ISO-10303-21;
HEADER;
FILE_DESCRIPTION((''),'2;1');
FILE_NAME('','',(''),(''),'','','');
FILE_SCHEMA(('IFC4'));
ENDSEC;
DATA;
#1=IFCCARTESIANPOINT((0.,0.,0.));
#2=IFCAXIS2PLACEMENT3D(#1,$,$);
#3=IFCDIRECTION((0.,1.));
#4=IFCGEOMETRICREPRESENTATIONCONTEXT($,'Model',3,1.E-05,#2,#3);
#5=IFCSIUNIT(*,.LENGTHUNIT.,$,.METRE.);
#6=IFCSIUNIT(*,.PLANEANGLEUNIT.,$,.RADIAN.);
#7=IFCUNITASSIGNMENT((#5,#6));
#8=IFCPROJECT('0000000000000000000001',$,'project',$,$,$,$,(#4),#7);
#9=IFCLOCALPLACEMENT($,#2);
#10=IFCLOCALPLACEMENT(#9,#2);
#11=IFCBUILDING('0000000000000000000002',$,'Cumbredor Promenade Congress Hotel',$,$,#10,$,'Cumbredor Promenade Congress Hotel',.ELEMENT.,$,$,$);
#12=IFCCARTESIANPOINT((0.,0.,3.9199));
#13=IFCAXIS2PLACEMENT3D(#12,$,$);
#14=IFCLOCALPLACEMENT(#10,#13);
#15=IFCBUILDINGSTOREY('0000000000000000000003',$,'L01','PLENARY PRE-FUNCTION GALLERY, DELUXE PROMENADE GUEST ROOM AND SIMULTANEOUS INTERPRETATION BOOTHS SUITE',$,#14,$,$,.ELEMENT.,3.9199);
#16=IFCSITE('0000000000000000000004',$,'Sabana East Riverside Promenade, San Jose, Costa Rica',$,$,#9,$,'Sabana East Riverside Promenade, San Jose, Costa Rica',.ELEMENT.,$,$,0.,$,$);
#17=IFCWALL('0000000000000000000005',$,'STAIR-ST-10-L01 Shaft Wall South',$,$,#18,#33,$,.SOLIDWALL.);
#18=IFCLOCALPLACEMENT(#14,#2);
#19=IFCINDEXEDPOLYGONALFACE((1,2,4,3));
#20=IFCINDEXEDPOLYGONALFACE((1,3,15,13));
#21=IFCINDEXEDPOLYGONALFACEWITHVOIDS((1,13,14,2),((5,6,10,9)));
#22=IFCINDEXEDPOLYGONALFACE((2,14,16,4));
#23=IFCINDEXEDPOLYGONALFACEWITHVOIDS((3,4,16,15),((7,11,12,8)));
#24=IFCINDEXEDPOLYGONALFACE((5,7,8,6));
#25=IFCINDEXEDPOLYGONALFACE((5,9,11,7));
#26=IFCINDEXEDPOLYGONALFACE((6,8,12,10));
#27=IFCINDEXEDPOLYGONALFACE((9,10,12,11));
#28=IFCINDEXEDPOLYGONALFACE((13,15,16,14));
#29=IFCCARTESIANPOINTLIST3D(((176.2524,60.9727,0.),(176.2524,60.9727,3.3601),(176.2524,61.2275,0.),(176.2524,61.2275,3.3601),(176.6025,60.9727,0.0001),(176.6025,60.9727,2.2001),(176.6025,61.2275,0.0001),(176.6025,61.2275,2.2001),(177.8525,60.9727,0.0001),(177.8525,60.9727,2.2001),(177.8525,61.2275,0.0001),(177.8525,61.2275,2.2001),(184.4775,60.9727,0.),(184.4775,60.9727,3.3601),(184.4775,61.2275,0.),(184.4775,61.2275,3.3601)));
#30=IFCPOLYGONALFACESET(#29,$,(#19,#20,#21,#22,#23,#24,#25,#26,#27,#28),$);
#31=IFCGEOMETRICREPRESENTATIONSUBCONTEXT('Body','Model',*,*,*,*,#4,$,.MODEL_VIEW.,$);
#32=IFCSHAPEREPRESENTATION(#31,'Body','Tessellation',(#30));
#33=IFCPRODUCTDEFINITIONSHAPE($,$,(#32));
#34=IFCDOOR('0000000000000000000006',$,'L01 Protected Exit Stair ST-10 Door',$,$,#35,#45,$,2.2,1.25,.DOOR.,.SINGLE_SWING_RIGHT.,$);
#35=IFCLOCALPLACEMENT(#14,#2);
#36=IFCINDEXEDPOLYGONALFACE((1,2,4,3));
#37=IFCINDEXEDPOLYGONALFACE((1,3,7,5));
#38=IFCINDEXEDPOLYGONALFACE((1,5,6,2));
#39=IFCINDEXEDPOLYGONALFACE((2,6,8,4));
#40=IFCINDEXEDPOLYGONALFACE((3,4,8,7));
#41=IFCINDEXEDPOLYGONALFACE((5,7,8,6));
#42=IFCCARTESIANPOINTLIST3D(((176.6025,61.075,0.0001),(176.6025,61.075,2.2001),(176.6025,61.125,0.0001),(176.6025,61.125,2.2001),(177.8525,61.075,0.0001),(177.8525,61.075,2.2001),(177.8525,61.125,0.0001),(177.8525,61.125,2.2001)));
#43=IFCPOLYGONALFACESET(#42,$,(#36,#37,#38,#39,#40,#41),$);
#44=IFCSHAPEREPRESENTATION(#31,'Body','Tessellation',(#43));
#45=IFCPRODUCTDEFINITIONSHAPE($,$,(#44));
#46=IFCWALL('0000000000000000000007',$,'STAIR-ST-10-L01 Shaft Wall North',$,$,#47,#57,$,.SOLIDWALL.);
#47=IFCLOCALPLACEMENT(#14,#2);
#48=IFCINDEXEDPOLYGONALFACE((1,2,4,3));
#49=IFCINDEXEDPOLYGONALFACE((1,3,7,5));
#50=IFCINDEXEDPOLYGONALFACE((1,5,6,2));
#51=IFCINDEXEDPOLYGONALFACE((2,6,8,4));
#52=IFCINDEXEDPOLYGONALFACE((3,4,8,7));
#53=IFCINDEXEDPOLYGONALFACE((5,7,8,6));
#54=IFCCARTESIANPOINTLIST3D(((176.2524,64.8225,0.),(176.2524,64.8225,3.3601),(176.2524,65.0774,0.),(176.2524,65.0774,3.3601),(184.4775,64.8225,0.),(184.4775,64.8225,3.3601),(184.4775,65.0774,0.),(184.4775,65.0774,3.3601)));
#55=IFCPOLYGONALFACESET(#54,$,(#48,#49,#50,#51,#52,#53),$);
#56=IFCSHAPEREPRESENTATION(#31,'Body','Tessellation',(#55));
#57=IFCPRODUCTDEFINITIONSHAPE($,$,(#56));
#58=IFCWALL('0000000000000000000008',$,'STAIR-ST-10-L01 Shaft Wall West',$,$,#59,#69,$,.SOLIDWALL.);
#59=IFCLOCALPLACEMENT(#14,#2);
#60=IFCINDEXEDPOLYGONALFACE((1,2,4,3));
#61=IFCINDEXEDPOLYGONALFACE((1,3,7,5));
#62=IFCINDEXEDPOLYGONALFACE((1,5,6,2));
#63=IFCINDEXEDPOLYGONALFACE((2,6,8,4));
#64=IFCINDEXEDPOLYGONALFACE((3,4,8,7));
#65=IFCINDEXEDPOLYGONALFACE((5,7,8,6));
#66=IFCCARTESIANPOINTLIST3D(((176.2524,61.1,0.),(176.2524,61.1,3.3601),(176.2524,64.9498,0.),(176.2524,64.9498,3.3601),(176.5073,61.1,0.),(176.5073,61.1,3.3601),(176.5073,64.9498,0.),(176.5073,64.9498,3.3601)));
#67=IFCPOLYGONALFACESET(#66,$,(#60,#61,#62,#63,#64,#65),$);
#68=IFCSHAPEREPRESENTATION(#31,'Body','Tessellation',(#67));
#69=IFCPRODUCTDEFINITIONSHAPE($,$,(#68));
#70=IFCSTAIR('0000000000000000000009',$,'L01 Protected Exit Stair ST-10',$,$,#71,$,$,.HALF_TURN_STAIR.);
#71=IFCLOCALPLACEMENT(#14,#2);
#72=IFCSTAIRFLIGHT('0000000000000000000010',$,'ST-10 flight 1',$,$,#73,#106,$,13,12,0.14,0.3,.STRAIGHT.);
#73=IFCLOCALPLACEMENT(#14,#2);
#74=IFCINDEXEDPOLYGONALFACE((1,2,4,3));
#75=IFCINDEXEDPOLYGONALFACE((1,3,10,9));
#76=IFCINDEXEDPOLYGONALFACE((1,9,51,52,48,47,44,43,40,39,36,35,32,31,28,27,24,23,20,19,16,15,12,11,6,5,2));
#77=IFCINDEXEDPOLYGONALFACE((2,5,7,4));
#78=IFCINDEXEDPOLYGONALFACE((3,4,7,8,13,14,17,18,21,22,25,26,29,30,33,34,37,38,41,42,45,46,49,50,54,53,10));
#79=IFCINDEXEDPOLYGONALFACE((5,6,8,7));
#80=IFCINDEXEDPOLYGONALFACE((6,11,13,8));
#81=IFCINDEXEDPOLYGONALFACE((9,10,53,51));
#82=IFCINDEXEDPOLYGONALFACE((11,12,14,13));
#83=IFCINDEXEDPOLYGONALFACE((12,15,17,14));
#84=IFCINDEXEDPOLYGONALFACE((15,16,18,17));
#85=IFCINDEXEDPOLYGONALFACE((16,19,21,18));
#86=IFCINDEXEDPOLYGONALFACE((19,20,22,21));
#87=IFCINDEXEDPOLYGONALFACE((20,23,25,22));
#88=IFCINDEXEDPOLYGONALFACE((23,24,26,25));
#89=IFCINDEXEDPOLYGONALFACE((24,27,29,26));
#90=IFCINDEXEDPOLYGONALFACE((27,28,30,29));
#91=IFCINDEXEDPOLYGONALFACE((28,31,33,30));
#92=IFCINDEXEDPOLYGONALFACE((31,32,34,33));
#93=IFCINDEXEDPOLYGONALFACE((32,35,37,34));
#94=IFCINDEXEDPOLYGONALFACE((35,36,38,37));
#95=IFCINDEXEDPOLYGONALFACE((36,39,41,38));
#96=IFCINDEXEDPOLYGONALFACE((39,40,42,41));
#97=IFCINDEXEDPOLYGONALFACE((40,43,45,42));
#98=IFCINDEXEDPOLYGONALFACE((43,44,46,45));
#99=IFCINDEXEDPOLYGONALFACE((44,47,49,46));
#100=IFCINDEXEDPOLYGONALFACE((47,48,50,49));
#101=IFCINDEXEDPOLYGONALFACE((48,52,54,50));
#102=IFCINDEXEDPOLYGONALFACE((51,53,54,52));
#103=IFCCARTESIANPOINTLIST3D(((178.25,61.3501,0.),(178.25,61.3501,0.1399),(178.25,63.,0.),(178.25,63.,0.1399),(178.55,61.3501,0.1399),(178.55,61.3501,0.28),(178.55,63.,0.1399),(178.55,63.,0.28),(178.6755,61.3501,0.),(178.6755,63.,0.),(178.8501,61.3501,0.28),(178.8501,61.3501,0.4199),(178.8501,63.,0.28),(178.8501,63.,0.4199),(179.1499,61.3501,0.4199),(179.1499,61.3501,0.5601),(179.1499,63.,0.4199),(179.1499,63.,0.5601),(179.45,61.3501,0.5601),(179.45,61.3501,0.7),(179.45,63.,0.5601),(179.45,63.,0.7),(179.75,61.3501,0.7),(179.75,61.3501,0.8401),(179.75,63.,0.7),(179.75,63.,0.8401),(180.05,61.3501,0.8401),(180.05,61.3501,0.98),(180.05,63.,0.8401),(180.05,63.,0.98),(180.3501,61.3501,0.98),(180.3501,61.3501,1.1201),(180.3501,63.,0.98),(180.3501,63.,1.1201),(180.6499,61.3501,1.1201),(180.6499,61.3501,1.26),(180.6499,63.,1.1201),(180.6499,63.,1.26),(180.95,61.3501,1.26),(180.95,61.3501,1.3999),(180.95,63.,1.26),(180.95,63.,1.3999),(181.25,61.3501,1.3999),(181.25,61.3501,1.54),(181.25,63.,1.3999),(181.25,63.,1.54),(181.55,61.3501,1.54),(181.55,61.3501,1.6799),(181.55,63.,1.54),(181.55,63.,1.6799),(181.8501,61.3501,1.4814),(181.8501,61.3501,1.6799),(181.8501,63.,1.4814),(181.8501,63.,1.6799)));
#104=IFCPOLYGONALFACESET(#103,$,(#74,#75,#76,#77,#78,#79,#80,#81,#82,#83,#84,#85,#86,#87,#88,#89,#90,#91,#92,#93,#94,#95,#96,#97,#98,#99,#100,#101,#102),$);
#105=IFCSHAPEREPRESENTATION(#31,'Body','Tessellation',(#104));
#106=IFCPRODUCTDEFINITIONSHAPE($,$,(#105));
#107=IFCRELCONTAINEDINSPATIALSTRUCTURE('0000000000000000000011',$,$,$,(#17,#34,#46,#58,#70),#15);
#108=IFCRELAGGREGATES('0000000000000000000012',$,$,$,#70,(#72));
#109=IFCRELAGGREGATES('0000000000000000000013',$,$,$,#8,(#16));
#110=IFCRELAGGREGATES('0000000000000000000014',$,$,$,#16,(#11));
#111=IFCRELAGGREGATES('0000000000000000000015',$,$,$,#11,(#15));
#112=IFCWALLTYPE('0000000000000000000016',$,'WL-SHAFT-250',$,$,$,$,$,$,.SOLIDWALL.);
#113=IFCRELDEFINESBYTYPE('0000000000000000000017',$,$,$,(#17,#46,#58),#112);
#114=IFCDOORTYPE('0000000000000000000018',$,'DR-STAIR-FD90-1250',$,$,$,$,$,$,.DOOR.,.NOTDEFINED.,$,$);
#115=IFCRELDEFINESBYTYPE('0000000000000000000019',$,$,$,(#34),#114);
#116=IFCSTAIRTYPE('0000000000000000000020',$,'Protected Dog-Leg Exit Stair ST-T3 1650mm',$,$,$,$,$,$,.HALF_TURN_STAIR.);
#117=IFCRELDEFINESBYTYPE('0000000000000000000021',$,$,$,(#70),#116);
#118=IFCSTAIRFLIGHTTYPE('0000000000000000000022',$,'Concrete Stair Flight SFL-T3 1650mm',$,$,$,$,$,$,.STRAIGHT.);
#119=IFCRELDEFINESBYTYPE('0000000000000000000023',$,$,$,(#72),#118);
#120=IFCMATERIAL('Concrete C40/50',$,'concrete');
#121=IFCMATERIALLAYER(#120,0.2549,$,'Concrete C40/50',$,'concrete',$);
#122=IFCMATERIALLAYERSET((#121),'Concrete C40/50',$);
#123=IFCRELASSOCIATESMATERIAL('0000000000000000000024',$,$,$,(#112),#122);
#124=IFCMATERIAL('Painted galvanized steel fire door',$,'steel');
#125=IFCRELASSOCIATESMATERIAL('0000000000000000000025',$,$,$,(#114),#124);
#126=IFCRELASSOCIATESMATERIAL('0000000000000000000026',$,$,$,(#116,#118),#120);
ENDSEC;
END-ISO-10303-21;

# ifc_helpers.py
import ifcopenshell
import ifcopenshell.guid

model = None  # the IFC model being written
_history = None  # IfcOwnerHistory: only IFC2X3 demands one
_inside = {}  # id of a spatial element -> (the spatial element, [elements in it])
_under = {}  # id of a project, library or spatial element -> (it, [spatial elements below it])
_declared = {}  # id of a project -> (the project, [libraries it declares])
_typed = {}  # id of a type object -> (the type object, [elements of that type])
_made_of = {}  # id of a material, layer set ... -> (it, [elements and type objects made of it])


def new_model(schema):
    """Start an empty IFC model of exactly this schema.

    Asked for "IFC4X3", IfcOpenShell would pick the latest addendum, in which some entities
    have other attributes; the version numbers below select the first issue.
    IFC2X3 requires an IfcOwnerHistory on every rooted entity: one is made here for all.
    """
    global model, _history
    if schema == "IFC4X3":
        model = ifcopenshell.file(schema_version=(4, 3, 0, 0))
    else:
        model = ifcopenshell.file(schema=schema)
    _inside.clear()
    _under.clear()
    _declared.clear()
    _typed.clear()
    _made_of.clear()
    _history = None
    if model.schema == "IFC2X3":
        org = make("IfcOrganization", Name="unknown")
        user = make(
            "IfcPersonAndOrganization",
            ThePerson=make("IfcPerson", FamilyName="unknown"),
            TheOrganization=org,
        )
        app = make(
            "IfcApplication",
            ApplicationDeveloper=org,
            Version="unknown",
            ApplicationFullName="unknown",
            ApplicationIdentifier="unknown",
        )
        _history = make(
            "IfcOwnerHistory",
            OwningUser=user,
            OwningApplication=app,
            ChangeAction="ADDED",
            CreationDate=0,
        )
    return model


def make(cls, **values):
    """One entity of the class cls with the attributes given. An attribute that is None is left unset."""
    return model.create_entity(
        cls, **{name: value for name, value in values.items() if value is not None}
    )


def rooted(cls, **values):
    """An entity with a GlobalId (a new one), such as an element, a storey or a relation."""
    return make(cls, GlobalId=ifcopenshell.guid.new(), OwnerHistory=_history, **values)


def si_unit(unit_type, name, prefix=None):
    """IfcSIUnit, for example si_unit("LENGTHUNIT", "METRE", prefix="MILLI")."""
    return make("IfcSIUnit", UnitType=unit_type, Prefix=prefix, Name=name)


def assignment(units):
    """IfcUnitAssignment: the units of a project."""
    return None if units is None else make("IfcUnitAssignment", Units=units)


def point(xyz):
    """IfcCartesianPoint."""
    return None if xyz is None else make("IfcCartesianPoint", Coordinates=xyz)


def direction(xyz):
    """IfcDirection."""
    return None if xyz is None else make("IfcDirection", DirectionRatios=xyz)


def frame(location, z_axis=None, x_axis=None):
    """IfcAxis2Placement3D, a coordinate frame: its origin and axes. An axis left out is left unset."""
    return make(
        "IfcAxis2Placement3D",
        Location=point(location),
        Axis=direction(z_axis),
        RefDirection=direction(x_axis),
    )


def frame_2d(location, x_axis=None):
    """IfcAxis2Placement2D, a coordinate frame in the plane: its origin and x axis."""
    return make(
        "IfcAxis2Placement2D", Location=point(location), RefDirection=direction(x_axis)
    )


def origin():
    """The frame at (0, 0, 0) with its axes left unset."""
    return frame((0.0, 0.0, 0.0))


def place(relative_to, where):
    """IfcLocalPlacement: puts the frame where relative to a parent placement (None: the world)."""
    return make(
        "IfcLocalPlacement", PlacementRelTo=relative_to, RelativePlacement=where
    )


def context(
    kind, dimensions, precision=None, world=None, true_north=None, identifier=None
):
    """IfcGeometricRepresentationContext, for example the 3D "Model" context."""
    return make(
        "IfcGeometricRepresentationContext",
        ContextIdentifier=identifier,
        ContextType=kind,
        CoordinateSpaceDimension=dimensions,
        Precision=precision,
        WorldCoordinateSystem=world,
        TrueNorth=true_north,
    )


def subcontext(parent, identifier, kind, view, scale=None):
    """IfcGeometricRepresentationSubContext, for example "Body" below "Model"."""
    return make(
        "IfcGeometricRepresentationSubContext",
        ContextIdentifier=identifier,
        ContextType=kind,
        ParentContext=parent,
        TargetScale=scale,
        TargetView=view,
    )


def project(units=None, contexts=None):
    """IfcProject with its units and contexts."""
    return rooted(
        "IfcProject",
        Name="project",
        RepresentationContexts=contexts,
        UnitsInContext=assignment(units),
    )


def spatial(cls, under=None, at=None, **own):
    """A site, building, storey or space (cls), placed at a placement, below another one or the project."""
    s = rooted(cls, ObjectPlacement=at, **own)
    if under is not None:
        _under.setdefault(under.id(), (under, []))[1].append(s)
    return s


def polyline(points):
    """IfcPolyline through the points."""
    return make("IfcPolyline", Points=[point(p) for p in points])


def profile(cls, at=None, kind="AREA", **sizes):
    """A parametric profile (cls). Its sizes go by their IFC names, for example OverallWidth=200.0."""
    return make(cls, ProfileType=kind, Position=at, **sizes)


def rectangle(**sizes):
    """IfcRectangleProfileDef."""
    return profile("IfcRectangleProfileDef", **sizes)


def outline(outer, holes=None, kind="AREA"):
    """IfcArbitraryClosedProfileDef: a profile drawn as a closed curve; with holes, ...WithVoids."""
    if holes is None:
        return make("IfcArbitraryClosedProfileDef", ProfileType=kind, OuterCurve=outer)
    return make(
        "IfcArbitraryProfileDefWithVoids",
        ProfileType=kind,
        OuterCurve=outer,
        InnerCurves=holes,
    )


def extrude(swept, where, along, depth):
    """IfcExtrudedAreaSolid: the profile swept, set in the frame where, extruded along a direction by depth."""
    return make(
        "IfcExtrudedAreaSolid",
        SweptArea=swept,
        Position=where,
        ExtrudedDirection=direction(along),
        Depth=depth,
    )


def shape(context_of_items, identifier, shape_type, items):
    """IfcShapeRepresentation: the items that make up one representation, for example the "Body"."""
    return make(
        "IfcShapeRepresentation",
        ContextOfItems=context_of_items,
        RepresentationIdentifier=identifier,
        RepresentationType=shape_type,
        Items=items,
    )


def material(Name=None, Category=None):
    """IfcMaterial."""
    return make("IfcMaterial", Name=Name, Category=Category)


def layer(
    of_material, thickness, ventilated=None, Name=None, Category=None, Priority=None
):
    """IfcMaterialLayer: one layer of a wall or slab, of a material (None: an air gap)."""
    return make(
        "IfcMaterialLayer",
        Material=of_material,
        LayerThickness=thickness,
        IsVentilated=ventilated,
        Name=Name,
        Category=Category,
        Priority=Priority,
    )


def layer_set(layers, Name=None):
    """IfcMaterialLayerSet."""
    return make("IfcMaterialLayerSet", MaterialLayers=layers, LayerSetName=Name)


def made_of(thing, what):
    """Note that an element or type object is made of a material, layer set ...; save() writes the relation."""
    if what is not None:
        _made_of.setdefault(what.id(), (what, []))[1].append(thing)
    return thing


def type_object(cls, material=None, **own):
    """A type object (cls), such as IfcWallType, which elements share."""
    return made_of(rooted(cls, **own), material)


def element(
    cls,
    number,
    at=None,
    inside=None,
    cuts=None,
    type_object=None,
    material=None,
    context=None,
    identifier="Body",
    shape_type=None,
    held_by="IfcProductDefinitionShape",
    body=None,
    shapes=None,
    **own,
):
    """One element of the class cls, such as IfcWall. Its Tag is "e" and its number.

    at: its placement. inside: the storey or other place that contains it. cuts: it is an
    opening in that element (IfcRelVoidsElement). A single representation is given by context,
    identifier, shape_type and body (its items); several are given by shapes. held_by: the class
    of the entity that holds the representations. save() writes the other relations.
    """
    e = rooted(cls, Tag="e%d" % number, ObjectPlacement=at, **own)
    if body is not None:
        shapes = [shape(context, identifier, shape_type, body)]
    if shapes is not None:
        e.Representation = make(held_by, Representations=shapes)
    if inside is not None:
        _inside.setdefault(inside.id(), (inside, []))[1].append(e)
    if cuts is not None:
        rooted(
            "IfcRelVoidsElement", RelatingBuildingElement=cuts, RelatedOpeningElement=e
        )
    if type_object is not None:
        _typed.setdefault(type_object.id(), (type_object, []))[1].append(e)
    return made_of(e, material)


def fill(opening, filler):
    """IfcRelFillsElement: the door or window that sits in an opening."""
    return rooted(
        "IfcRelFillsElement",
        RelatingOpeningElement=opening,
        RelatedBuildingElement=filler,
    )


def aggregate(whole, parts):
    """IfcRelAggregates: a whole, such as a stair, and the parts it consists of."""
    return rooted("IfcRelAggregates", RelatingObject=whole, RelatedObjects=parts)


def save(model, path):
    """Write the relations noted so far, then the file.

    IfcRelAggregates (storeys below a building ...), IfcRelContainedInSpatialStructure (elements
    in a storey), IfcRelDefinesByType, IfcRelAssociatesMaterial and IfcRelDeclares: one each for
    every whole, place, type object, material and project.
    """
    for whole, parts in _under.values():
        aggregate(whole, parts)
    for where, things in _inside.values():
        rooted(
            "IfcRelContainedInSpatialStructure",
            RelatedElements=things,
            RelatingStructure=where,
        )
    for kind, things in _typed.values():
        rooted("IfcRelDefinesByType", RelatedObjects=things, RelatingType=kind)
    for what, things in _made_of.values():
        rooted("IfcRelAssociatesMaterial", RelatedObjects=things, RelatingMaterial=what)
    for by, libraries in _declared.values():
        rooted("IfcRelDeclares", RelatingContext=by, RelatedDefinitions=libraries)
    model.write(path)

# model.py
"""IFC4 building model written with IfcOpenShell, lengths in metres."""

from ifc_helpers import new_model, si_unit, direction, frame, frame_2d, origin, place, context, subcontext, project, spatial, polyline, rectangle, outline, extrude, material, layer, layer_set, type_object, element, fill, aggregate, save


model = new_model("IFC4")

# Units and contexts
model_context = context("Model", 3, precision=1e-05, world=origin(), true_north=direction((0.0, 1.0)))
body_context = subcontext(model_context, "Body", "Model", "MODEL_VIEW")
ifc_project = project(units=[si_unit("LENGTHUNIT", "METRE"), si_unit("PLANEANGLEUNIT", "RADIAN")], contexts=[model_context])

# Site, building, storey
site_placement = place(None, origin())
site = spatial("IfcSite", under=ifc_project, at=site_placement, Name="Sabana East Riverside Promenade, San Jose, Costa Rica", LongName="Sabana East Riverside Promenade, San Jose, Costa Rica", CompositionType="ELEMENT", RefElevation=0.0)
building_placement = place(site_placement, origin())
building = spatial("IfcBuilding", under=site, at=building_placement, Name="Cumbredor Promenade Congress Hotel", LongName="Cumbredor Promenade Congress Hotel", CompositionType="ELEMENT")
storey_placement = place(building_placement, frame((0.0, 0.0, 3.9199)))
storey = spatial("IfcBuildingStorey", under=building, at=storey_placement, Name="L01", Description="PLENARY PRE-FUNCTION GALLERY, DELUXE PROMENADE GUEST ROOM AND SIMULTANEOUS INTERPRETATION BOOTHS SUITE", CompositionType="ELEMENT", Elevation=3.9199)

# Shared definitions
ifc_material_1 = material(Name="Concrete C40/50", Category="concrete")

# Wall, opening, door
ifc_layer_1 = layer(ifc_material_1, 0.2549, Name="Concrete C40/50", Category="concrete")
ifc_layer_set_1 = layer_set([ifc_layer_1], Name="Concrete C40/50")
wall_type_1 = type_object("IfcWallType", Name="WL-SHAFT-250", PredefinedType="SOLIDWALL", material=ifc_layer_set_1)
wall_1_placement = place(storey_placement, frame((176.2524, 61.1001, 0.0), z_axis=(0.0, 0.0, 1.0), x_axis=(1.0, 0.0, 0.0)))
wall_1 = element("IfcWall", 1, at=wall_1_placement, inside=storey, type_object=wall_type_1, Name="STAIR-ST-10-L01 Shaft Wall South", PredefinedType="SOLIDWALL", context=body_context, shape_type="SweptSolid", body=[
    extrude(rectangle(XDim=8.2251, YDim=0.2549, at=frame_2d((4.1125, 0.0))), origin(), (0.0, 0.0, 1.0), 3.3601),
])
opening_1_placement = place(wall_1_placement, frame((0.3501, 0.0, 0.0)))
opening_1 = element("IfcOpeningElement", 2, at=opening_1_placement, cuts=wall_1, PredefinedType="OPENING", context=body_context, shape_type="SweptSolid", body=[
    extrude(rectangle(XDim=1.25, YDim=2.2, at=frame_2d((0.625, 1.1001))), frame((0.0, 0.1375, 0.0), z_axis=(0.0, -1.0, 0.0), x_axis=(1.0, 0.0, 0.0)), (0.0, 0.0, 1.0), 0.2749),
])
ifc_material_2 = material(Name="Painted galvanized steel fire door", Category="steel")
door_type_1 = type_object("IfcDoorType", Name="DR-STAIR-FD90-1250", OperationType="NOTDEFINED", PredefinedType="DOOR", material=ifc_material_2)
door_1_placement = place(opening_1_placement, origin())
door_1 = element("IfcDoor", 3, at=door_1_placement, inside=storey, type_object=door_type_1, Name="L01 Protected Exit Stair ST-10 Door", OperationType="SINGLE_SWING_RIGHT", OverallHeight=2.2, OverallWidth=1.25, PredefinedType="DOOR", context=body_context, shape_type="SweptSolid", body=[
    extrude(rectangle(XDim=1.25, YDim=2.2, at=frame_2d((0.625, 1.1001))), frame((0.0, 0.0249, 0.0), z_axis=(0.0, -1.0, 0.0), x_axis=(1.0, 0.0, 0.0)), (0.0, 0.0, 1.0), 0.05),
])
fill(opening_1, door_1)

# Walls
wall_2_placement = place(storey_placement, frame((176.2524, 64.95, 0.0), z_axis=(0.0, 0.0, 1.0), x_axis=(1.0, 0.0, 0.0)))
element("IfcWall", 4, at=wall_2_placement, inside=storey, type_object=wall_type_1, Name="STAIR-ST-10-L01 Shaft Wall North", PredefinedType="SOLIDWALL", context=body_context, shape_type="SweptSolid", body=[
    extrude(rectangle(XDim=8.2251, YDim=0.2549, at=frame_2d((4.1125, 0.0))), origin(), (0.0, 0.0, 1.0), 3.3601),
])
wall_3_placement = place(storey_placement, frame((176.3799, 61.1001, 0.0), z_axis=(0.0, 0.0, 1.0), x_axis=(0.0, 1.0, 0.0)))
element("IfcWall", 5, at=wall_3_placement, inside=storey, type_object=wall_type_1, Name="STAIR-ST-10-L01 Shaft Wall West", PredefinedType="SOLIDWALL", context=body_context, shape_type="SweptSolid", body=[
    extrude(rectangle(XDim=3.8499, YDim=0.2549, at=frame_2d((1.9248, 0.0))), origin(), (0.0, 0.0, 1.0), 3.3601),
])

# Stair, stair flight
stair_type = type_object("IfcStairType", Name="Protected Dog-Leg Exit Stair ST-T3 1650mm", PredefinedType="HALF_TURN_STAIR", material=ifc_material_1)
stair_placement = place(storey_placement, origin())
stair = element("IfcStair", 6, at=stair_placement, inside=storey, type_object=stair_type, Name="L01 Protected Exit Stair ST-10", PredefinedType="HALF_TURN_STAIR")
stair_flight_type = type_object("IfcStairFlightType", Name="Concrete Stair Flight SFL-T3 1650mm", PredefinedType="STRAIGHT", material=ifc_material_1)
stair_flight_placement = place(storey_placement, frame((178.25, 62.175, 0.0), z_axis=(0.0, 0.0, 1.0), x_axis=(1.0, 0.0, 0.0)))
stair_flight = element("IfcStairFlight", 7, at=stair_flight_placement, type_object=stair_flight_type, Name="ST-10 flight 1", NumberOfRisers=13, NumberOfTreads=12, PredefinedType="STRAIGHT", RiserHeight=0.14, TreadLength=0.3, context=body_context, shape_type="SweptSolid", body=[
    extrude(outline(polyline([(0.0, 0.0), (0.0, 0.1399), (0.3, 0.1399), (0.3, 0.28), (0.6001, 0.28), (0.6001, 0.4199), (0.8999, 0.4199), (0.8999, 0.5601), (1.2, 0.5601), (1.2, 0.7), (1.5, 0.7), (1.5, 0.8401), (1.8, 0.8401), (1.8, 0.98), (2.1001, 0.98), (2.1001, 1.1201), (2.3999, 1.1201), (2.3999, 1.26), (2.7, 1.26), (2.7, 1.3999), (3.0, 1.3999), (3.0, 1.54), (3.3, 1.54), (3.3, 1.6799), (3.6001, 1.6799), (3.6001, 1.8201), (3.6001, 1.4814), (0.4255, 0.0), (0.0, 0.0)])), frame((0.0, 0.825, 0.0), z_axis=(0.0, -1.0, 0.0), x_axis=(1.0, 0.0, 0.0)), (0.0, 0.0, 1.0), 1.6499),
])
aggregate(stair, [stair_flight])

save(model, "model.ifc")
